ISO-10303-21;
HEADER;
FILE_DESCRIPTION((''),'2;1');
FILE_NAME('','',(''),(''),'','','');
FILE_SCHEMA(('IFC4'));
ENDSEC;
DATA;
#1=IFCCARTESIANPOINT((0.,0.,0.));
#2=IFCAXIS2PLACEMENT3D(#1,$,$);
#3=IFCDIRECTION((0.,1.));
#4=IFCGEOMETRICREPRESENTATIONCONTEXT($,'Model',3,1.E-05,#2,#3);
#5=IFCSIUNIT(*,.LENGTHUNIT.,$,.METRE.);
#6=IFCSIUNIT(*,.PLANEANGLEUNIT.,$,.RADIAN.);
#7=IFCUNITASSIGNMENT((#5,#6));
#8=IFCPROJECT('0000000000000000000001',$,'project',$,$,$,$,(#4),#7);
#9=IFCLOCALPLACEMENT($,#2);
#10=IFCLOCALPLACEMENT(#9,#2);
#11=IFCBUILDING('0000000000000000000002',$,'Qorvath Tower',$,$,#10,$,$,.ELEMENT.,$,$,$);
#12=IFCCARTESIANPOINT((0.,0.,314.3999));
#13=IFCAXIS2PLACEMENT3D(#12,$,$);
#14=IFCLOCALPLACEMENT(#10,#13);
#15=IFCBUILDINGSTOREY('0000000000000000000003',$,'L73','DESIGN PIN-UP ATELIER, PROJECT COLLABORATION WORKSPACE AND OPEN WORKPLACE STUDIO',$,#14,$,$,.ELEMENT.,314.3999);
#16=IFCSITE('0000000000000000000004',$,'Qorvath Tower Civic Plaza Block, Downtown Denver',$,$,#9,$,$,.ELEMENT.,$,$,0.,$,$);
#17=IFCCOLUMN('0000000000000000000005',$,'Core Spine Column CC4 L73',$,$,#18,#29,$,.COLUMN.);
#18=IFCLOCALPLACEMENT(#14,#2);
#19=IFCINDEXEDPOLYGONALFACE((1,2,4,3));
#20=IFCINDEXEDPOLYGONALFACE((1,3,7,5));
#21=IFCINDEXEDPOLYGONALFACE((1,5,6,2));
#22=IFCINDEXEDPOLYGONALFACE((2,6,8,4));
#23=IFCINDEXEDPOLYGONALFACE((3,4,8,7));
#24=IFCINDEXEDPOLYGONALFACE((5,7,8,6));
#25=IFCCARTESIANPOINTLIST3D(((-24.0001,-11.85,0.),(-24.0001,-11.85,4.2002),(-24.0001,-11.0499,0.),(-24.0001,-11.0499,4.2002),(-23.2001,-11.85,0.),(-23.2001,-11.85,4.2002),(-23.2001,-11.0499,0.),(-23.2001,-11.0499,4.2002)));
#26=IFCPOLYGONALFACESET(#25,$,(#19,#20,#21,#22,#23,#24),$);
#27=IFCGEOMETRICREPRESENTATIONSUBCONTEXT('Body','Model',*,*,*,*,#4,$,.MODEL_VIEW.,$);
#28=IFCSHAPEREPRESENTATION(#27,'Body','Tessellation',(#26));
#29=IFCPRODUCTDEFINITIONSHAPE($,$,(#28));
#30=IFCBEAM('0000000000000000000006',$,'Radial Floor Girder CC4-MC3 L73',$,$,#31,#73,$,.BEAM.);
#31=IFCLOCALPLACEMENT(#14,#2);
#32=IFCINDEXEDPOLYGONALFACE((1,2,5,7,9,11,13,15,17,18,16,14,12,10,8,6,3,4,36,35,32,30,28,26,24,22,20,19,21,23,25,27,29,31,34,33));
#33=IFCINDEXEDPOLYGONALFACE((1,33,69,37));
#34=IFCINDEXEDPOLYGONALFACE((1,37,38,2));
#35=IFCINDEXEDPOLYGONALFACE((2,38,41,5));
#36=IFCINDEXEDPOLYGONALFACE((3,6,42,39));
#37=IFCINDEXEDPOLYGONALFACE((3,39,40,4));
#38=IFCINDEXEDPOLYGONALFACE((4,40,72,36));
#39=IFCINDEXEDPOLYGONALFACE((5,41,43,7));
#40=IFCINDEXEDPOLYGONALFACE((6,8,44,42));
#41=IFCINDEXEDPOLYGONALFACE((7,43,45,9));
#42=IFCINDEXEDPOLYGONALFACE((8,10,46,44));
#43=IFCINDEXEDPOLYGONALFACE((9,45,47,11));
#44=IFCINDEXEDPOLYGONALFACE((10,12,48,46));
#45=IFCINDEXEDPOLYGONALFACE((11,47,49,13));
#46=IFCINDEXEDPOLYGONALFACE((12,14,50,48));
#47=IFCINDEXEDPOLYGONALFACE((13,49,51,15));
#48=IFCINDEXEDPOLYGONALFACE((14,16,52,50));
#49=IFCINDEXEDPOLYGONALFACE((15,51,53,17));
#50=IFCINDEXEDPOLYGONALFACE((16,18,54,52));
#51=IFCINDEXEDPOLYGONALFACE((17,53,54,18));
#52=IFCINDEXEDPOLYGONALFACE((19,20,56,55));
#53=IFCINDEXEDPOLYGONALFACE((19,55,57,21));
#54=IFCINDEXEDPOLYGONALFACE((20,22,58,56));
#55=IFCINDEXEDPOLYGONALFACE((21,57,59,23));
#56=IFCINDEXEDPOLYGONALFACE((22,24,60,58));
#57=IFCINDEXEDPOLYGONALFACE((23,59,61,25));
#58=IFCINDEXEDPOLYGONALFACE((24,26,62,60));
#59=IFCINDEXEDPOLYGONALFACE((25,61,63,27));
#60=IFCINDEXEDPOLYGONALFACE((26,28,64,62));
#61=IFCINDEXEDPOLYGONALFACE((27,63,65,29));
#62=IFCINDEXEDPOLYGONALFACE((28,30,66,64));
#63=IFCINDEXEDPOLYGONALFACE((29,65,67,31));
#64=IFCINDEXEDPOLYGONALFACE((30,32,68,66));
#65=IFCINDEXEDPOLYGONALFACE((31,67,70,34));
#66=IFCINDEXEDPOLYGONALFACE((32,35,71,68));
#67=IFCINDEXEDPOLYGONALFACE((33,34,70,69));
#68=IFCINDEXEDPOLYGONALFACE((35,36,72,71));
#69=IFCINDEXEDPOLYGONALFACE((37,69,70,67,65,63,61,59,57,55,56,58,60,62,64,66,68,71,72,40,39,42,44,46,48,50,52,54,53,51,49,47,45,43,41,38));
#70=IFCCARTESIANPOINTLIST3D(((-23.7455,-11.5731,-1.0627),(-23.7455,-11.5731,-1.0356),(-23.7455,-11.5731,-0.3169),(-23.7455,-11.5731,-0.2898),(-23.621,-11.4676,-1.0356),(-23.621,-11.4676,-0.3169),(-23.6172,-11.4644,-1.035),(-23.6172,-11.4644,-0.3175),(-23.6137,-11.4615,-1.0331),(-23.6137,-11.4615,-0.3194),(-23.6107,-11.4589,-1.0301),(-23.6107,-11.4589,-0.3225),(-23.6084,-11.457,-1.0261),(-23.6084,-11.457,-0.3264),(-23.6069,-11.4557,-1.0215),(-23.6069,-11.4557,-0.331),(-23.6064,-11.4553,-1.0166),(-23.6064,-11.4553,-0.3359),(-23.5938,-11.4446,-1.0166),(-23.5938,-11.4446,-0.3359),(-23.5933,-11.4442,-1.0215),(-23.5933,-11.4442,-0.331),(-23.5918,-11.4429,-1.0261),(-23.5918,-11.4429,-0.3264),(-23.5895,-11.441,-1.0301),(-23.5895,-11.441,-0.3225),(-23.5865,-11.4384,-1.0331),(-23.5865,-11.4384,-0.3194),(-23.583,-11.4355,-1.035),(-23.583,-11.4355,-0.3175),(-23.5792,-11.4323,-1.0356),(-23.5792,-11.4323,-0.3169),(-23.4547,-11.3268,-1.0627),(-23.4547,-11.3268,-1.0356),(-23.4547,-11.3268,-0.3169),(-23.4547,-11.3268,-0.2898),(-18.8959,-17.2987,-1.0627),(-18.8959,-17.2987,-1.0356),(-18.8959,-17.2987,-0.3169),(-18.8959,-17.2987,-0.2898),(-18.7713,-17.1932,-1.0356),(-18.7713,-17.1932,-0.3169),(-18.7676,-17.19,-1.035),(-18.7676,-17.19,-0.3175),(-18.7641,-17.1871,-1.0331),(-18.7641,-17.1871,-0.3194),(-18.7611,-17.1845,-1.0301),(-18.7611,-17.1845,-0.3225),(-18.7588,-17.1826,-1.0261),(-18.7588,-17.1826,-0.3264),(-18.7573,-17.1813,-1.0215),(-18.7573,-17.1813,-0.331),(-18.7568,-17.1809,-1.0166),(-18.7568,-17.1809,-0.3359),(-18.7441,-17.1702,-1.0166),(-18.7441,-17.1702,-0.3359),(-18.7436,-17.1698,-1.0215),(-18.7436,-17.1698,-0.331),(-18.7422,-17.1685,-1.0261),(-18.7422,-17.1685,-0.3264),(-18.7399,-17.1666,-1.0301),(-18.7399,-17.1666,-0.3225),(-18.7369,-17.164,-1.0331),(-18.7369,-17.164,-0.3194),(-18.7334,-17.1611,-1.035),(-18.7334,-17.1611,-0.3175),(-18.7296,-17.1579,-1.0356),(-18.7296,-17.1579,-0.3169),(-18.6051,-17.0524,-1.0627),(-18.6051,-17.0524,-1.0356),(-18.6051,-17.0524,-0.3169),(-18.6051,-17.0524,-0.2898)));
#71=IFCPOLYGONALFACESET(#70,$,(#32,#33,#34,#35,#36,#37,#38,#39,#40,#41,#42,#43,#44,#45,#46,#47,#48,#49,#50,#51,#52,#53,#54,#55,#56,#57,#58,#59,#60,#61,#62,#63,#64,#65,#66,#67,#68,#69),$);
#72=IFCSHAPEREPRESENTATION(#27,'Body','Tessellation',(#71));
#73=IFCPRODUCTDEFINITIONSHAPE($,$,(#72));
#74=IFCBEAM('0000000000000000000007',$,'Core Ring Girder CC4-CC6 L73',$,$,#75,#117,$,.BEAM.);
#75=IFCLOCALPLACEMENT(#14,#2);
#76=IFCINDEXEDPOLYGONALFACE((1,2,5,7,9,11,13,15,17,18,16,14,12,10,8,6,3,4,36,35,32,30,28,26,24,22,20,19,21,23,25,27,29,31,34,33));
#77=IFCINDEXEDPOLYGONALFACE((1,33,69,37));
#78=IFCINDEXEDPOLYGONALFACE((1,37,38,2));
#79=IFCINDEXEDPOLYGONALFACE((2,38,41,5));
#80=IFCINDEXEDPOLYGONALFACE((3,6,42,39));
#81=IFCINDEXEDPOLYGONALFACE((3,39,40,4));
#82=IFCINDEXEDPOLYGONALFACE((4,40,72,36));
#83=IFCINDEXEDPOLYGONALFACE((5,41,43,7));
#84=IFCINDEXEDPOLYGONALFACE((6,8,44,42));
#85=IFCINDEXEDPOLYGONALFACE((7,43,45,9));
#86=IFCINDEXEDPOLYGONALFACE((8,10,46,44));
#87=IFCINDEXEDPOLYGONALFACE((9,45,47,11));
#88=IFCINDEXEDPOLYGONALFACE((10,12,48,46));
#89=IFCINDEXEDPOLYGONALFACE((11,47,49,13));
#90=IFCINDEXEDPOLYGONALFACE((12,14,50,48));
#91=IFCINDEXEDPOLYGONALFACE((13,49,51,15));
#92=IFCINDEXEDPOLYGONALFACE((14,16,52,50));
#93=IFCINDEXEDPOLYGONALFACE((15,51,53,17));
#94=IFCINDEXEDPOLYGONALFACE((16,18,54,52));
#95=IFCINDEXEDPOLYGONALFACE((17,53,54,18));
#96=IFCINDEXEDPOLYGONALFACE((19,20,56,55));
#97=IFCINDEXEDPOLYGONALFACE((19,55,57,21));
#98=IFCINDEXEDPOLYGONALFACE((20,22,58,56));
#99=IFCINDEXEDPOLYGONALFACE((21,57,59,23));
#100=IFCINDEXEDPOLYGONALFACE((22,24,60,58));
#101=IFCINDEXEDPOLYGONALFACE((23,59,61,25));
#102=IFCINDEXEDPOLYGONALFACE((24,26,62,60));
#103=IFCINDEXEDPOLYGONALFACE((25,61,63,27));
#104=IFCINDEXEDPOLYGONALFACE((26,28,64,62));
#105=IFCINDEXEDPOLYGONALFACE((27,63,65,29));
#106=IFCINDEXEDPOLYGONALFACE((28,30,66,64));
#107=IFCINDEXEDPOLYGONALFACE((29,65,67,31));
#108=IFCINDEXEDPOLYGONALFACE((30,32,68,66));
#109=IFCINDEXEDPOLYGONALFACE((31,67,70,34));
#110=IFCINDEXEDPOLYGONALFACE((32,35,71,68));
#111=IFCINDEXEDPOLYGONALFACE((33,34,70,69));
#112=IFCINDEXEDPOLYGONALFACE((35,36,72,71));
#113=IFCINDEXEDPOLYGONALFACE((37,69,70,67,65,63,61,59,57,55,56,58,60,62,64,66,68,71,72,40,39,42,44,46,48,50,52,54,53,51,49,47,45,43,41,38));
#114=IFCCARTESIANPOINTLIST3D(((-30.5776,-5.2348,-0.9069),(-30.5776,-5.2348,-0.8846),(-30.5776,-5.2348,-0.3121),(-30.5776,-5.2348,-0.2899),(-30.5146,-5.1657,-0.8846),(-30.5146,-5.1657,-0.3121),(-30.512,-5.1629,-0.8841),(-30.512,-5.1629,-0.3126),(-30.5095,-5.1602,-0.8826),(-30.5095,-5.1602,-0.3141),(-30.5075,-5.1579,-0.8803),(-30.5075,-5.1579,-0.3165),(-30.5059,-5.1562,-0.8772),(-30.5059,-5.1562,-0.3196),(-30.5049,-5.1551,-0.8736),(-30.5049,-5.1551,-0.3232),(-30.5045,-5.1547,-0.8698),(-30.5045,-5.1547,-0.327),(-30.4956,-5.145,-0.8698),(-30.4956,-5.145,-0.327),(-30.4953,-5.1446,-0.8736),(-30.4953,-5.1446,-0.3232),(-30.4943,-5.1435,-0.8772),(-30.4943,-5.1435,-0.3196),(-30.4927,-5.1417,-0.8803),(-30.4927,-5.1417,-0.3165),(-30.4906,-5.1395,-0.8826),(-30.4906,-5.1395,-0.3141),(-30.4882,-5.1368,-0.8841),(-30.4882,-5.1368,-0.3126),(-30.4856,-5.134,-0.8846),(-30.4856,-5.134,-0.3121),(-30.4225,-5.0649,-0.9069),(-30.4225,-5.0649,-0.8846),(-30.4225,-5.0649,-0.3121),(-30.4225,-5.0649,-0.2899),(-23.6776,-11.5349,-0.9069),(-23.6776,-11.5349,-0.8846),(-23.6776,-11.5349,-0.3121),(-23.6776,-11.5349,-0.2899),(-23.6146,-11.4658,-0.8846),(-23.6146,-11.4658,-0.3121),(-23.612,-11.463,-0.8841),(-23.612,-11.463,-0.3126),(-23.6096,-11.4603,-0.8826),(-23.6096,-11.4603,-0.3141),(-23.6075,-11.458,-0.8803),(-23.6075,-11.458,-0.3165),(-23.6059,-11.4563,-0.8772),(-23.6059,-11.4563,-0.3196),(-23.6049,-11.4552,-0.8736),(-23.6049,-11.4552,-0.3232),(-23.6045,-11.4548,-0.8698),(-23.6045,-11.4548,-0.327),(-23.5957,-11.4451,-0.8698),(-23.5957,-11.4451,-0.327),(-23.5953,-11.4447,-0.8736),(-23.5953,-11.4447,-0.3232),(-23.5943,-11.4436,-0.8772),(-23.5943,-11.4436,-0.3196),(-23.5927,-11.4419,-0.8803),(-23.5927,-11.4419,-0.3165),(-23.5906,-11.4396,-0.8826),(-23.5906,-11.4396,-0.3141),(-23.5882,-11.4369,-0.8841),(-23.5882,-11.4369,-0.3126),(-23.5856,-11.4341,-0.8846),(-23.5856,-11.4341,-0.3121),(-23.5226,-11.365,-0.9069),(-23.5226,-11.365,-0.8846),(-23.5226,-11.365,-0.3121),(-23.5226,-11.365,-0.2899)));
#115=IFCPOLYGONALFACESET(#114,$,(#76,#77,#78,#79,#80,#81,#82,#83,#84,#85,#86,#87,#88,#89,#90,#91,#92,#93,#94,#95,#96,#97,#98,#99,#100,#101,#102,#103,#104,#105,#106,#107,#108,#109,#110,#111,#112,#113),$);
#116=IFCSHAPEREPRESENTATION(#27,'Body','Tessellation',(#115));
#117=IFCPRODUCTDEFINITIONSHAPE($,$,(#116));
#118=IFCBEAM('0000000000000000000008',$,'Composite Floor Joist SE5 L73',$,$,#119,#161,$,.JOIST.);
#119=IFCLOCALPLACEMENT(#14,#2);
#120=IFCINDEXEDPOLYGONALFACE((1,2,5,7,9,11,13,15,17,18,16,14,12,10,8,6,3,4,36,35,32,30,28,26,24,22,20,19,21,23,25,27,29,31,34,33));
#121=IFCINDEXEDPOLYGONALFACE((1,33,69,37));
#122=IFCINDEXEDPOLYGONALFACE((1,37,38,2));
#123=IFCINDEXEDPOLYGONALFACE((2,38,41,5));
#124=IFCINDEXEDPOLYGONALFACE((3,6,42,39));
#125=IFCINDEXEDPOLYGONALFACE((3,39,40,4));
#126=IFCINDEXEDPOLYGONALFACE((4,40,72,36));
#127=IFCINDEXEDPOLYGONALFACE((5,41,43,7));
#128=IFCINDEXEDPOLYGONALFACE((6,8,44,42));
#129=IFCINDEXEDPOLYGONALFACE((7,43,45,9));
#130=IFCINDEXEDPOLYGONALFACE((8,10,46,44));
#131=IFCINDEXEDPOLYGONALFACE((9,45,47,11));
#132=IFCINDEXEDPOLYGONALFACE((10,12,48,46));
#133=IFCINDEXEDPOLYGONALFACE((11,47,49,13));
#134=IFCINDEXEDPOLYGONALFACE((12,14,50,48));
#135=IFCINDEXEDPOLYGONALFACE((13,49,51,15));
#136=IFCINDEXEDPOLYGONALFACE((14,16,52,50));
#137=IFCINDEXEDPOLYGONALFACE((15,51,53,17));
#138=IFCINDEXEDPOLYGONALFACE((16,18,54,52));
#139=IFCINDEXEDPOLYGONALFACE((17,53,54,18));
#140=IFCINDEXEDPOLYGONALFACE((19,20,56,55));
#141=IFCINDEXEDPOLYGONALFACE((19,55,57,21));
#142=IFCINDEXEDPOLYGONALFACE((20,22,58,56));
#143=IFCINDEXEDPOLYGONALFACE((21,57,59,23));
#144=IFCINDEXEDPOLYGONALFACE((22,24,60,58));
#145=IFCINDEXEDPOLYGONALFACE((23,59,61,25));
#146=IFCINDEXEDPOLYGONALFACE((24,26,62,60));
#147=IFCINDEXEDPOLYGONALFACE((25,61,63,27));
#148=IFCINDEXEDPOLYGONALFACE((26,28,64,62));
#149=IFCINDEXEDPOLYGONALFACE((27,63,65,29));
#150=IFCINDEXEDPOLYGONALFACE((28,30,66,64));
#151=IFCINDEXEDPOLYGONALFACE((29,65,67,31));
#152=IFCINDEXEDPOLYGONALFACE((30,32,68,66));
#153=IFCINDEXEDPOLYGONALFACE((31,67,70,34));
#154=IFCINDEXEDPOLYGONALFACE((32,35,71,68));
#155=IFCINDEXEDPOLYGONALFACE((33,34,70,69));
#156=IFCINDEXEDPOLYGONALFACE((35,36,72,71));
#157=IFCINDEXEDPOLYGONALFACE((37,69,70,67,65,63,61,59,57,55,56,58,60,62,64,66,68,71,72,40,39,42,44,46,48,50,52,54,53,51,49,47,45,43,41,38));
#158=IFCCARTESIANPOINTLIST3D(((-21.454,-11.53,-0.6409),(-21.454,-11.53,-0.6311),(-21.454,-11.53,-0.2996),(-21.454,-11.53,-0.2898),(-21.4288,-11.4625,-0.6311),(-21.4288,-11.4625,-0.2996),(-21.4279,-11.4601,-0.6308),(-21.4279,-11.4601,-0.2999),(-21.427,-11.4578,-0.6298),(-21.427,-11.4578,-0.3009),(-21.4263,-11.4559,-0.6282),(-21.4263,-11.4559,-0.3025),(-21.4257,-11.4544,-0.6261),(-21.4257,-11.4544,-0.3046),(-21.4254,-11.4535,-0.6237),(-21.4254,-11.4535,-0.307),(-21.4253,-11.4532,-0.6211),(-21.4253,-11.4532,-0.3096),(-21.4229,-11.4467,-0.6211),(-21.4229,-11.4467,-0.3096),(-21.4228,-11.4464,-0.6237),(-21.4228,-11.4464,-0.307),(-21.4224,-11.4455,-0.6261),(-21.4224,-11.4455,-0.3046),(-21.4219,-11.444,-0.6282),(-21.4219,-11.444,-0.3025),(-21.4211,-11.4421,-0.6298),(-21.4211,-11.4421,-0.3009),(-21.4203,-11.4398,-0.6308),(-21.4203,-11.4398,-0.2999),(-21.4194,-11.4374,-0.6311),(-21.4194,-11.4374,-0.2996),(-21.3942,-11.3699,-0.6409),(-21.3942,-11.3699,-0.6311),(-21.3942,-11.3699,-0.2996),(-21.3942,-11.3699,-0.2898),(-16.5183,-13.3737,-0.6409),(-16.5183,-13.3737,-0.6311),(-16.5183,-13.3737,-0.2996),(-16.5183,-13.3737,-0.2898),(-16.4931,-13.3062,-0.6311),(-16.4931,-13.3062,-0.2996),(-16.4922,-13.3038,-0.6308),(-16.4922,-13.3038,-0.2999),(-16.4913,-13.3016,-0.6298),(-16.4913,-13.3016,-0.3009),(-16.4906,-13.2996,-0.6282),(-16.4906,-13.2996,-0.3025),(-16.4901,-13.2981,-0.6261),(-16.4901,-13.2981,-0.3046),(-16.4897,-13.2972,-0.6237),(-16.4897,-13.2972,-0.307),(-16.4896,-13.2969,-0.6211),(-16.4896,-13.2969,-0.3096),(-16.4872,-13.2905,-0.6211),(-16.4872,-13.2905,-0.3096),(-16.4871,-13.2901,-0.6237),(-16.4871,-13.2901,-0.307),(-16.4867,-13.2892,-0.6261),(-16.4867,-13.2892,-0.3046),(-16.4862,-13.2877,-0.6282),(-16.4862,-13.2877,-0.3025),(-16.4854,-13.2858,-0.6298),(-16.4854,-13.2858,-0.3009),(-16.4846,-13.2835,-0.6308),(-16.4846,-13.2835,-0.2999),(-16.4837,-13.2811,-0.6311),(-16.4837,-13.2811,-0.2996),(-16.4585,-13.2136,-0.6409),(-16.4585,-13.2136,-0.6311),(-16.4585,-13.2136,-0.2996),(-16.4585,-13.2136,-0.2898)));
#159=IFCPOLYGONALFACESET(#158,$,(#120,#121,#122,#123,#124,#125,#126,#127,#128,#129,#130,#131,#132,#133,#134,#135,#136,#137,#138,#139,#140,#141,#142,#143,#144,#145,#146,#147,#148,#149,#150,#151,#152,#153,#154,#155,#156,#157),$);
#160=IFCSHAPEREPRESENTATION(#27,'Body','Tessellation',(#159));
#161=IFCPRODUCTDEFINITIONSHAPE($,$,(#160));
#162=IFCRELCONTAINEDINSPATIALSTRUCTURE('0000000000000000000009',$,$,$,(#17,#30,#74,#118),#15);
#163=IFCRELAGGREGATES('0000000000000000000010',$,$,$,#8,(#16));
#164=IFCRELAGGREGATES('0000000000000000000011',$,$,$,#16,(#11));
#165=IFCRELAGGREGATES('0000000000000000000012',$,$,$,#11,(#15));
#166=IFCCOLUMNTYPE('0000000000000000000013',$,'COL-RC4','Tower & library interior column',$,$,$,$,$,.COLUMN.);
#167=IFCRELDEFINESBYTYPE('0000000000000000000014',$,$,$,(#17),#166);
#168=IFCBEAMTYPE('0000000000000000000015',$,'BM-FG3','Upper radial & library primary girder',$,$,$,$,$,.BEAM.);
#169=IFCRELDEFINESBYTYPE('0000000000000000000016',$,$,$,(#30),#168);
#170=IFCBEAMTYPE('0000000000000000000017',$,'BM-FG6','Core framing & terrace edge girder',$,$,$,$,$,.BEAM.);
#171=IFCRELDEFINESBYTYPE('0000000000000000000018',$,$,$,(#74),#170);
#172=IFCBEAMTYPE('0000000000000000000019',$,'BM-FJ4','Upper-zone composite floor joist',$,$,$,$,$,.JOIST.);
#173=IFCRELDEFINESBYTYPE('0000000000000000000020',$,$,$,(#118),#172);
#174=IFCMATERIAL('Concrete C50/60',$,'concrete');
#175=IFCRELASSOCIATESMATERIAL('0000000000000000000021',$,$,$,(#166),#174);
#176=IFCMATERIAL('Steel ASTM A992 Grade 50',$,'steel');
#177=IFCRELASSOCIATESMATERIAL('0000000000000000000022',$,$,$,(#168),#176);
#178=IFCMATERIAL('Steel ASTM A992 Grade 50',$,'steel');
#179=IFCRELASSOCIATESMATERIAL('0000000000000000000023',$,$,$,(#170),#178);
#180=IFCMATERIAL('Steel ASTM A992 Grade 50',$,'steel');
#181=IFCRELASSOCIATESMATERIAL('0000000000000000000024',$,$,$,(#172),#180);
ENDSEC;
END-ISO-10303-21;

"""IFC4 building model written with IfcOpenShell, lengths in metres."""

from ifc_helpers import new_model, si_unit, direction, frame, origin, origin_2d, place, context, subcontext, project, spatial, rectangle, i_section, extrude, material, material_profile, profile_set, type_object, element, save


model = new_model("IFC4")

# Units and contexts
model_context = context("Model", 3, precision=1e-05, world=origin(), true_north=direction((0.0, 1.0)))
body_context = subcontext(model_context, "Body", "Model", "MODEL_VIEW")
ifc_project = project(units=[si_unit("LENGTHUNIT", "METRE"), si_unit("PLANEANGLEUNIT", "RADIAN")], contexts=[model_context])

# Site, building, storey
site_placement = place(None, origin())
site = spatial("IfcSite", under=ifc_project, at=site_placement, Name="Qorvath Tower Civic Plaza Block, Downtown Denver", CompositionType="ELEMENT", RefElevation=0.0)
building_placement = place(site_placement, origin())
building = spatial("IfcBuilding", under=site, at=building_placement, Name="Qorvath Tower", CompositionType="ELEMENT")
storey_placement = place(building_placement, frame((0.0, 0.0, 314.3999)))
storey = spatial("IfcBuildingStorey", under=building, at=storey_placement, Name="L73", Description="DESIGN PIN-UP ATELIER, PROJECT COLLABORATION WORKSPACE AND OPEN WORKPLACE STUDIO", CompositionType="ELEMENT", Elevation=314.3999)

# Column
ifc_material_1 = material(Name="Concrete C50/60", Category="concrete")
ifc_material_profile_1 = material_profile(ifc_material_1, rectangle(XDim=0.8, YDim=0.8, at=origin_2d()), Name="RC 800x800")
ifc_profile_set_1 = profile_set([ifc_material_profile_1], Name="Concrete C50/60")
column_type = type_object("IfcColumnType", Name="COL-RC4", Description="Tower & library interior column", PredefinedType="COLUMN", material=ifc_profile_set_1)
column_placement = place(storey_placement, frame((-23.6001, -11.45, 0.0), z_axis=(0.0, 0.0, 1.0), x_axis=(1.0, 0.0, 0.0)))
element("IfcColumn", 1, at=column_placement, inside=storey, type_object=column_type, Name="Core Spine Column CC4 L73", PredefinedType="COLUMN", context=body_context, shape_type="SweptSolid", body=[
    extrude(rectangle(XDim=0.8, YDim=0.8, at=origin_2d()), origin(), (0.0, 0.0, 1.0), 4.2002),
])

# Beams
ifc_material_2 = material(Name="Steel ASTM A992 Grade 50", Category="steel")
ifc_material_profile_2 = material_profile(ifc_material_2, i_section(OverallWidth=0.3811, OverallDepth=0.7729, WebThickness=0.0166, FlangeThickness=0.0271, FilletRadius=0.019, at=origin_2d()), Name="W30x173")
ifc_profile_set_2 = profile_set([ifc_material_profile_2], Name="Steel ASTM A992 Grade 50")
beam_type_1 = type_object("IfcBeamType", Name="BM-FG3", Description="Upper radial & library primary girder", PredefinedType="BEAM", material=ifc_profile_set_2)
beam_1_placement = place(storey_placement, frame((-23.6001, -11.45, -0.6763), z_axis=(0.646321, -0.763065, 0.0), x_axis=(0.763065, 0.646321, 0.0)))
element("IfcBeam", 2, at=beam_1_placement, inside=storey, type_object=beam_type_1, Name="Radial Floor Girder CC4-MC3 L73", PredefinedType="BEAM", context=body_context, shape_type="SweptSolid", body=[
    extrude(i_section(OverallWidth=0.3811, OverallDepth=0.7729, WebThickness=0.0166, FlangeThickness=0.0271, FilletRadius=0.019, at=origin_2d()), origin(), (0.0, 0.0, 1.0), 7.5034),
])
ifc_material_3 = material(Name="Steel ASTM A992 Grade 50", Category="steel")
ifc_material_profile_3 = material_profile(ifc_material_3, i_section(OverallWidth=0.23, OverallDepth=0.6169, WebThickness=0.0132, FlangeThickness=0.0222, FilletRadius=0.0149, at=origin_2d()), Name="W24x94")
ifc_profile_set_3 = profile_set([ifc_material_profile_3], Name="Steel ASTM A992 Grade 50")
beam_type_2 = type_object("IfcBeamType", Name="BM-FG6", Description="Core framing & terrace edge girder", PredefinedType="BEAM", material=ifc_profile_set_3)
beam_2_placement = place(storey_placement, frame((-23.6001, -11.45, -0.5984), z_axis=(-0.738478, 0.674277, 0.0), x_axis=(-0.674277, -0.738478, 0.0)))
element("IfcBeam", 3, at=beam_2_placement, inside=storey, type_object=beam_type_2, Name="Core Ring Girder CC4-CC6 L73", PredefinedType="BEAM", context=body_context, shape_type="SweptSolid", body=[
    extrude(i_section(OverallWidth=0.23, OverallDepth=0.6169, WebThickness=0.0132, FlangeThickness=0.0222, FilletRadius=0.0149, at=origin_2d()), origin(), (0.0, 0.0, 1.0), 9.3435),
])
ifc_material_4 = material(Name="Steel ASTM A992 Grade 50", Category="steel")
ifc_material_profile_4 = material_profile(ifc_material_4, i_section(OverallWidth=0.1709, OverallDepth=0.3511, WebThickness=0.0068, FlangeThickness=0.0098, FilletRadius=0.01, at=origin_2d()), Name="W14x30")
ifc_profile_set_4 = profile_set([ifc_material_profile_4], Name="Steel ASTM A992 Grade 50")
beam_type_3 = type_object("IfcBeamType", Name="BM-FJ4", Description="Upper-zone composite floor joist", PredefinedType="JOIST", material=ifc_profile_set_4)
beam_3_placement = place(storey_placement, frame((-21.4241, -11.45, -0.4653), z_axis=(0.936776, -0.34993, 0.0), x_axis=(0.34993, 0.936776, 0.0)))
element("IfcBeam", 4, at=beam_3_placement, inside=storey, type_object=beam_type_3, Name="Composite Floor Joist SE5 L73", PredefinedType="JOIST", context=body_context, shape_type="SweptSolid", body=[
    extrude(i_section(OverallWidth=0.1709, OverallDepth=0.3511, WebThickness=0.0068, FlangeThickness=0.0098, FilletRadius=0.01, at=origin_2d()), origin(), (0.0, 0.0, 1.0), 5.2688),
])

save(model, "model.ifc")
